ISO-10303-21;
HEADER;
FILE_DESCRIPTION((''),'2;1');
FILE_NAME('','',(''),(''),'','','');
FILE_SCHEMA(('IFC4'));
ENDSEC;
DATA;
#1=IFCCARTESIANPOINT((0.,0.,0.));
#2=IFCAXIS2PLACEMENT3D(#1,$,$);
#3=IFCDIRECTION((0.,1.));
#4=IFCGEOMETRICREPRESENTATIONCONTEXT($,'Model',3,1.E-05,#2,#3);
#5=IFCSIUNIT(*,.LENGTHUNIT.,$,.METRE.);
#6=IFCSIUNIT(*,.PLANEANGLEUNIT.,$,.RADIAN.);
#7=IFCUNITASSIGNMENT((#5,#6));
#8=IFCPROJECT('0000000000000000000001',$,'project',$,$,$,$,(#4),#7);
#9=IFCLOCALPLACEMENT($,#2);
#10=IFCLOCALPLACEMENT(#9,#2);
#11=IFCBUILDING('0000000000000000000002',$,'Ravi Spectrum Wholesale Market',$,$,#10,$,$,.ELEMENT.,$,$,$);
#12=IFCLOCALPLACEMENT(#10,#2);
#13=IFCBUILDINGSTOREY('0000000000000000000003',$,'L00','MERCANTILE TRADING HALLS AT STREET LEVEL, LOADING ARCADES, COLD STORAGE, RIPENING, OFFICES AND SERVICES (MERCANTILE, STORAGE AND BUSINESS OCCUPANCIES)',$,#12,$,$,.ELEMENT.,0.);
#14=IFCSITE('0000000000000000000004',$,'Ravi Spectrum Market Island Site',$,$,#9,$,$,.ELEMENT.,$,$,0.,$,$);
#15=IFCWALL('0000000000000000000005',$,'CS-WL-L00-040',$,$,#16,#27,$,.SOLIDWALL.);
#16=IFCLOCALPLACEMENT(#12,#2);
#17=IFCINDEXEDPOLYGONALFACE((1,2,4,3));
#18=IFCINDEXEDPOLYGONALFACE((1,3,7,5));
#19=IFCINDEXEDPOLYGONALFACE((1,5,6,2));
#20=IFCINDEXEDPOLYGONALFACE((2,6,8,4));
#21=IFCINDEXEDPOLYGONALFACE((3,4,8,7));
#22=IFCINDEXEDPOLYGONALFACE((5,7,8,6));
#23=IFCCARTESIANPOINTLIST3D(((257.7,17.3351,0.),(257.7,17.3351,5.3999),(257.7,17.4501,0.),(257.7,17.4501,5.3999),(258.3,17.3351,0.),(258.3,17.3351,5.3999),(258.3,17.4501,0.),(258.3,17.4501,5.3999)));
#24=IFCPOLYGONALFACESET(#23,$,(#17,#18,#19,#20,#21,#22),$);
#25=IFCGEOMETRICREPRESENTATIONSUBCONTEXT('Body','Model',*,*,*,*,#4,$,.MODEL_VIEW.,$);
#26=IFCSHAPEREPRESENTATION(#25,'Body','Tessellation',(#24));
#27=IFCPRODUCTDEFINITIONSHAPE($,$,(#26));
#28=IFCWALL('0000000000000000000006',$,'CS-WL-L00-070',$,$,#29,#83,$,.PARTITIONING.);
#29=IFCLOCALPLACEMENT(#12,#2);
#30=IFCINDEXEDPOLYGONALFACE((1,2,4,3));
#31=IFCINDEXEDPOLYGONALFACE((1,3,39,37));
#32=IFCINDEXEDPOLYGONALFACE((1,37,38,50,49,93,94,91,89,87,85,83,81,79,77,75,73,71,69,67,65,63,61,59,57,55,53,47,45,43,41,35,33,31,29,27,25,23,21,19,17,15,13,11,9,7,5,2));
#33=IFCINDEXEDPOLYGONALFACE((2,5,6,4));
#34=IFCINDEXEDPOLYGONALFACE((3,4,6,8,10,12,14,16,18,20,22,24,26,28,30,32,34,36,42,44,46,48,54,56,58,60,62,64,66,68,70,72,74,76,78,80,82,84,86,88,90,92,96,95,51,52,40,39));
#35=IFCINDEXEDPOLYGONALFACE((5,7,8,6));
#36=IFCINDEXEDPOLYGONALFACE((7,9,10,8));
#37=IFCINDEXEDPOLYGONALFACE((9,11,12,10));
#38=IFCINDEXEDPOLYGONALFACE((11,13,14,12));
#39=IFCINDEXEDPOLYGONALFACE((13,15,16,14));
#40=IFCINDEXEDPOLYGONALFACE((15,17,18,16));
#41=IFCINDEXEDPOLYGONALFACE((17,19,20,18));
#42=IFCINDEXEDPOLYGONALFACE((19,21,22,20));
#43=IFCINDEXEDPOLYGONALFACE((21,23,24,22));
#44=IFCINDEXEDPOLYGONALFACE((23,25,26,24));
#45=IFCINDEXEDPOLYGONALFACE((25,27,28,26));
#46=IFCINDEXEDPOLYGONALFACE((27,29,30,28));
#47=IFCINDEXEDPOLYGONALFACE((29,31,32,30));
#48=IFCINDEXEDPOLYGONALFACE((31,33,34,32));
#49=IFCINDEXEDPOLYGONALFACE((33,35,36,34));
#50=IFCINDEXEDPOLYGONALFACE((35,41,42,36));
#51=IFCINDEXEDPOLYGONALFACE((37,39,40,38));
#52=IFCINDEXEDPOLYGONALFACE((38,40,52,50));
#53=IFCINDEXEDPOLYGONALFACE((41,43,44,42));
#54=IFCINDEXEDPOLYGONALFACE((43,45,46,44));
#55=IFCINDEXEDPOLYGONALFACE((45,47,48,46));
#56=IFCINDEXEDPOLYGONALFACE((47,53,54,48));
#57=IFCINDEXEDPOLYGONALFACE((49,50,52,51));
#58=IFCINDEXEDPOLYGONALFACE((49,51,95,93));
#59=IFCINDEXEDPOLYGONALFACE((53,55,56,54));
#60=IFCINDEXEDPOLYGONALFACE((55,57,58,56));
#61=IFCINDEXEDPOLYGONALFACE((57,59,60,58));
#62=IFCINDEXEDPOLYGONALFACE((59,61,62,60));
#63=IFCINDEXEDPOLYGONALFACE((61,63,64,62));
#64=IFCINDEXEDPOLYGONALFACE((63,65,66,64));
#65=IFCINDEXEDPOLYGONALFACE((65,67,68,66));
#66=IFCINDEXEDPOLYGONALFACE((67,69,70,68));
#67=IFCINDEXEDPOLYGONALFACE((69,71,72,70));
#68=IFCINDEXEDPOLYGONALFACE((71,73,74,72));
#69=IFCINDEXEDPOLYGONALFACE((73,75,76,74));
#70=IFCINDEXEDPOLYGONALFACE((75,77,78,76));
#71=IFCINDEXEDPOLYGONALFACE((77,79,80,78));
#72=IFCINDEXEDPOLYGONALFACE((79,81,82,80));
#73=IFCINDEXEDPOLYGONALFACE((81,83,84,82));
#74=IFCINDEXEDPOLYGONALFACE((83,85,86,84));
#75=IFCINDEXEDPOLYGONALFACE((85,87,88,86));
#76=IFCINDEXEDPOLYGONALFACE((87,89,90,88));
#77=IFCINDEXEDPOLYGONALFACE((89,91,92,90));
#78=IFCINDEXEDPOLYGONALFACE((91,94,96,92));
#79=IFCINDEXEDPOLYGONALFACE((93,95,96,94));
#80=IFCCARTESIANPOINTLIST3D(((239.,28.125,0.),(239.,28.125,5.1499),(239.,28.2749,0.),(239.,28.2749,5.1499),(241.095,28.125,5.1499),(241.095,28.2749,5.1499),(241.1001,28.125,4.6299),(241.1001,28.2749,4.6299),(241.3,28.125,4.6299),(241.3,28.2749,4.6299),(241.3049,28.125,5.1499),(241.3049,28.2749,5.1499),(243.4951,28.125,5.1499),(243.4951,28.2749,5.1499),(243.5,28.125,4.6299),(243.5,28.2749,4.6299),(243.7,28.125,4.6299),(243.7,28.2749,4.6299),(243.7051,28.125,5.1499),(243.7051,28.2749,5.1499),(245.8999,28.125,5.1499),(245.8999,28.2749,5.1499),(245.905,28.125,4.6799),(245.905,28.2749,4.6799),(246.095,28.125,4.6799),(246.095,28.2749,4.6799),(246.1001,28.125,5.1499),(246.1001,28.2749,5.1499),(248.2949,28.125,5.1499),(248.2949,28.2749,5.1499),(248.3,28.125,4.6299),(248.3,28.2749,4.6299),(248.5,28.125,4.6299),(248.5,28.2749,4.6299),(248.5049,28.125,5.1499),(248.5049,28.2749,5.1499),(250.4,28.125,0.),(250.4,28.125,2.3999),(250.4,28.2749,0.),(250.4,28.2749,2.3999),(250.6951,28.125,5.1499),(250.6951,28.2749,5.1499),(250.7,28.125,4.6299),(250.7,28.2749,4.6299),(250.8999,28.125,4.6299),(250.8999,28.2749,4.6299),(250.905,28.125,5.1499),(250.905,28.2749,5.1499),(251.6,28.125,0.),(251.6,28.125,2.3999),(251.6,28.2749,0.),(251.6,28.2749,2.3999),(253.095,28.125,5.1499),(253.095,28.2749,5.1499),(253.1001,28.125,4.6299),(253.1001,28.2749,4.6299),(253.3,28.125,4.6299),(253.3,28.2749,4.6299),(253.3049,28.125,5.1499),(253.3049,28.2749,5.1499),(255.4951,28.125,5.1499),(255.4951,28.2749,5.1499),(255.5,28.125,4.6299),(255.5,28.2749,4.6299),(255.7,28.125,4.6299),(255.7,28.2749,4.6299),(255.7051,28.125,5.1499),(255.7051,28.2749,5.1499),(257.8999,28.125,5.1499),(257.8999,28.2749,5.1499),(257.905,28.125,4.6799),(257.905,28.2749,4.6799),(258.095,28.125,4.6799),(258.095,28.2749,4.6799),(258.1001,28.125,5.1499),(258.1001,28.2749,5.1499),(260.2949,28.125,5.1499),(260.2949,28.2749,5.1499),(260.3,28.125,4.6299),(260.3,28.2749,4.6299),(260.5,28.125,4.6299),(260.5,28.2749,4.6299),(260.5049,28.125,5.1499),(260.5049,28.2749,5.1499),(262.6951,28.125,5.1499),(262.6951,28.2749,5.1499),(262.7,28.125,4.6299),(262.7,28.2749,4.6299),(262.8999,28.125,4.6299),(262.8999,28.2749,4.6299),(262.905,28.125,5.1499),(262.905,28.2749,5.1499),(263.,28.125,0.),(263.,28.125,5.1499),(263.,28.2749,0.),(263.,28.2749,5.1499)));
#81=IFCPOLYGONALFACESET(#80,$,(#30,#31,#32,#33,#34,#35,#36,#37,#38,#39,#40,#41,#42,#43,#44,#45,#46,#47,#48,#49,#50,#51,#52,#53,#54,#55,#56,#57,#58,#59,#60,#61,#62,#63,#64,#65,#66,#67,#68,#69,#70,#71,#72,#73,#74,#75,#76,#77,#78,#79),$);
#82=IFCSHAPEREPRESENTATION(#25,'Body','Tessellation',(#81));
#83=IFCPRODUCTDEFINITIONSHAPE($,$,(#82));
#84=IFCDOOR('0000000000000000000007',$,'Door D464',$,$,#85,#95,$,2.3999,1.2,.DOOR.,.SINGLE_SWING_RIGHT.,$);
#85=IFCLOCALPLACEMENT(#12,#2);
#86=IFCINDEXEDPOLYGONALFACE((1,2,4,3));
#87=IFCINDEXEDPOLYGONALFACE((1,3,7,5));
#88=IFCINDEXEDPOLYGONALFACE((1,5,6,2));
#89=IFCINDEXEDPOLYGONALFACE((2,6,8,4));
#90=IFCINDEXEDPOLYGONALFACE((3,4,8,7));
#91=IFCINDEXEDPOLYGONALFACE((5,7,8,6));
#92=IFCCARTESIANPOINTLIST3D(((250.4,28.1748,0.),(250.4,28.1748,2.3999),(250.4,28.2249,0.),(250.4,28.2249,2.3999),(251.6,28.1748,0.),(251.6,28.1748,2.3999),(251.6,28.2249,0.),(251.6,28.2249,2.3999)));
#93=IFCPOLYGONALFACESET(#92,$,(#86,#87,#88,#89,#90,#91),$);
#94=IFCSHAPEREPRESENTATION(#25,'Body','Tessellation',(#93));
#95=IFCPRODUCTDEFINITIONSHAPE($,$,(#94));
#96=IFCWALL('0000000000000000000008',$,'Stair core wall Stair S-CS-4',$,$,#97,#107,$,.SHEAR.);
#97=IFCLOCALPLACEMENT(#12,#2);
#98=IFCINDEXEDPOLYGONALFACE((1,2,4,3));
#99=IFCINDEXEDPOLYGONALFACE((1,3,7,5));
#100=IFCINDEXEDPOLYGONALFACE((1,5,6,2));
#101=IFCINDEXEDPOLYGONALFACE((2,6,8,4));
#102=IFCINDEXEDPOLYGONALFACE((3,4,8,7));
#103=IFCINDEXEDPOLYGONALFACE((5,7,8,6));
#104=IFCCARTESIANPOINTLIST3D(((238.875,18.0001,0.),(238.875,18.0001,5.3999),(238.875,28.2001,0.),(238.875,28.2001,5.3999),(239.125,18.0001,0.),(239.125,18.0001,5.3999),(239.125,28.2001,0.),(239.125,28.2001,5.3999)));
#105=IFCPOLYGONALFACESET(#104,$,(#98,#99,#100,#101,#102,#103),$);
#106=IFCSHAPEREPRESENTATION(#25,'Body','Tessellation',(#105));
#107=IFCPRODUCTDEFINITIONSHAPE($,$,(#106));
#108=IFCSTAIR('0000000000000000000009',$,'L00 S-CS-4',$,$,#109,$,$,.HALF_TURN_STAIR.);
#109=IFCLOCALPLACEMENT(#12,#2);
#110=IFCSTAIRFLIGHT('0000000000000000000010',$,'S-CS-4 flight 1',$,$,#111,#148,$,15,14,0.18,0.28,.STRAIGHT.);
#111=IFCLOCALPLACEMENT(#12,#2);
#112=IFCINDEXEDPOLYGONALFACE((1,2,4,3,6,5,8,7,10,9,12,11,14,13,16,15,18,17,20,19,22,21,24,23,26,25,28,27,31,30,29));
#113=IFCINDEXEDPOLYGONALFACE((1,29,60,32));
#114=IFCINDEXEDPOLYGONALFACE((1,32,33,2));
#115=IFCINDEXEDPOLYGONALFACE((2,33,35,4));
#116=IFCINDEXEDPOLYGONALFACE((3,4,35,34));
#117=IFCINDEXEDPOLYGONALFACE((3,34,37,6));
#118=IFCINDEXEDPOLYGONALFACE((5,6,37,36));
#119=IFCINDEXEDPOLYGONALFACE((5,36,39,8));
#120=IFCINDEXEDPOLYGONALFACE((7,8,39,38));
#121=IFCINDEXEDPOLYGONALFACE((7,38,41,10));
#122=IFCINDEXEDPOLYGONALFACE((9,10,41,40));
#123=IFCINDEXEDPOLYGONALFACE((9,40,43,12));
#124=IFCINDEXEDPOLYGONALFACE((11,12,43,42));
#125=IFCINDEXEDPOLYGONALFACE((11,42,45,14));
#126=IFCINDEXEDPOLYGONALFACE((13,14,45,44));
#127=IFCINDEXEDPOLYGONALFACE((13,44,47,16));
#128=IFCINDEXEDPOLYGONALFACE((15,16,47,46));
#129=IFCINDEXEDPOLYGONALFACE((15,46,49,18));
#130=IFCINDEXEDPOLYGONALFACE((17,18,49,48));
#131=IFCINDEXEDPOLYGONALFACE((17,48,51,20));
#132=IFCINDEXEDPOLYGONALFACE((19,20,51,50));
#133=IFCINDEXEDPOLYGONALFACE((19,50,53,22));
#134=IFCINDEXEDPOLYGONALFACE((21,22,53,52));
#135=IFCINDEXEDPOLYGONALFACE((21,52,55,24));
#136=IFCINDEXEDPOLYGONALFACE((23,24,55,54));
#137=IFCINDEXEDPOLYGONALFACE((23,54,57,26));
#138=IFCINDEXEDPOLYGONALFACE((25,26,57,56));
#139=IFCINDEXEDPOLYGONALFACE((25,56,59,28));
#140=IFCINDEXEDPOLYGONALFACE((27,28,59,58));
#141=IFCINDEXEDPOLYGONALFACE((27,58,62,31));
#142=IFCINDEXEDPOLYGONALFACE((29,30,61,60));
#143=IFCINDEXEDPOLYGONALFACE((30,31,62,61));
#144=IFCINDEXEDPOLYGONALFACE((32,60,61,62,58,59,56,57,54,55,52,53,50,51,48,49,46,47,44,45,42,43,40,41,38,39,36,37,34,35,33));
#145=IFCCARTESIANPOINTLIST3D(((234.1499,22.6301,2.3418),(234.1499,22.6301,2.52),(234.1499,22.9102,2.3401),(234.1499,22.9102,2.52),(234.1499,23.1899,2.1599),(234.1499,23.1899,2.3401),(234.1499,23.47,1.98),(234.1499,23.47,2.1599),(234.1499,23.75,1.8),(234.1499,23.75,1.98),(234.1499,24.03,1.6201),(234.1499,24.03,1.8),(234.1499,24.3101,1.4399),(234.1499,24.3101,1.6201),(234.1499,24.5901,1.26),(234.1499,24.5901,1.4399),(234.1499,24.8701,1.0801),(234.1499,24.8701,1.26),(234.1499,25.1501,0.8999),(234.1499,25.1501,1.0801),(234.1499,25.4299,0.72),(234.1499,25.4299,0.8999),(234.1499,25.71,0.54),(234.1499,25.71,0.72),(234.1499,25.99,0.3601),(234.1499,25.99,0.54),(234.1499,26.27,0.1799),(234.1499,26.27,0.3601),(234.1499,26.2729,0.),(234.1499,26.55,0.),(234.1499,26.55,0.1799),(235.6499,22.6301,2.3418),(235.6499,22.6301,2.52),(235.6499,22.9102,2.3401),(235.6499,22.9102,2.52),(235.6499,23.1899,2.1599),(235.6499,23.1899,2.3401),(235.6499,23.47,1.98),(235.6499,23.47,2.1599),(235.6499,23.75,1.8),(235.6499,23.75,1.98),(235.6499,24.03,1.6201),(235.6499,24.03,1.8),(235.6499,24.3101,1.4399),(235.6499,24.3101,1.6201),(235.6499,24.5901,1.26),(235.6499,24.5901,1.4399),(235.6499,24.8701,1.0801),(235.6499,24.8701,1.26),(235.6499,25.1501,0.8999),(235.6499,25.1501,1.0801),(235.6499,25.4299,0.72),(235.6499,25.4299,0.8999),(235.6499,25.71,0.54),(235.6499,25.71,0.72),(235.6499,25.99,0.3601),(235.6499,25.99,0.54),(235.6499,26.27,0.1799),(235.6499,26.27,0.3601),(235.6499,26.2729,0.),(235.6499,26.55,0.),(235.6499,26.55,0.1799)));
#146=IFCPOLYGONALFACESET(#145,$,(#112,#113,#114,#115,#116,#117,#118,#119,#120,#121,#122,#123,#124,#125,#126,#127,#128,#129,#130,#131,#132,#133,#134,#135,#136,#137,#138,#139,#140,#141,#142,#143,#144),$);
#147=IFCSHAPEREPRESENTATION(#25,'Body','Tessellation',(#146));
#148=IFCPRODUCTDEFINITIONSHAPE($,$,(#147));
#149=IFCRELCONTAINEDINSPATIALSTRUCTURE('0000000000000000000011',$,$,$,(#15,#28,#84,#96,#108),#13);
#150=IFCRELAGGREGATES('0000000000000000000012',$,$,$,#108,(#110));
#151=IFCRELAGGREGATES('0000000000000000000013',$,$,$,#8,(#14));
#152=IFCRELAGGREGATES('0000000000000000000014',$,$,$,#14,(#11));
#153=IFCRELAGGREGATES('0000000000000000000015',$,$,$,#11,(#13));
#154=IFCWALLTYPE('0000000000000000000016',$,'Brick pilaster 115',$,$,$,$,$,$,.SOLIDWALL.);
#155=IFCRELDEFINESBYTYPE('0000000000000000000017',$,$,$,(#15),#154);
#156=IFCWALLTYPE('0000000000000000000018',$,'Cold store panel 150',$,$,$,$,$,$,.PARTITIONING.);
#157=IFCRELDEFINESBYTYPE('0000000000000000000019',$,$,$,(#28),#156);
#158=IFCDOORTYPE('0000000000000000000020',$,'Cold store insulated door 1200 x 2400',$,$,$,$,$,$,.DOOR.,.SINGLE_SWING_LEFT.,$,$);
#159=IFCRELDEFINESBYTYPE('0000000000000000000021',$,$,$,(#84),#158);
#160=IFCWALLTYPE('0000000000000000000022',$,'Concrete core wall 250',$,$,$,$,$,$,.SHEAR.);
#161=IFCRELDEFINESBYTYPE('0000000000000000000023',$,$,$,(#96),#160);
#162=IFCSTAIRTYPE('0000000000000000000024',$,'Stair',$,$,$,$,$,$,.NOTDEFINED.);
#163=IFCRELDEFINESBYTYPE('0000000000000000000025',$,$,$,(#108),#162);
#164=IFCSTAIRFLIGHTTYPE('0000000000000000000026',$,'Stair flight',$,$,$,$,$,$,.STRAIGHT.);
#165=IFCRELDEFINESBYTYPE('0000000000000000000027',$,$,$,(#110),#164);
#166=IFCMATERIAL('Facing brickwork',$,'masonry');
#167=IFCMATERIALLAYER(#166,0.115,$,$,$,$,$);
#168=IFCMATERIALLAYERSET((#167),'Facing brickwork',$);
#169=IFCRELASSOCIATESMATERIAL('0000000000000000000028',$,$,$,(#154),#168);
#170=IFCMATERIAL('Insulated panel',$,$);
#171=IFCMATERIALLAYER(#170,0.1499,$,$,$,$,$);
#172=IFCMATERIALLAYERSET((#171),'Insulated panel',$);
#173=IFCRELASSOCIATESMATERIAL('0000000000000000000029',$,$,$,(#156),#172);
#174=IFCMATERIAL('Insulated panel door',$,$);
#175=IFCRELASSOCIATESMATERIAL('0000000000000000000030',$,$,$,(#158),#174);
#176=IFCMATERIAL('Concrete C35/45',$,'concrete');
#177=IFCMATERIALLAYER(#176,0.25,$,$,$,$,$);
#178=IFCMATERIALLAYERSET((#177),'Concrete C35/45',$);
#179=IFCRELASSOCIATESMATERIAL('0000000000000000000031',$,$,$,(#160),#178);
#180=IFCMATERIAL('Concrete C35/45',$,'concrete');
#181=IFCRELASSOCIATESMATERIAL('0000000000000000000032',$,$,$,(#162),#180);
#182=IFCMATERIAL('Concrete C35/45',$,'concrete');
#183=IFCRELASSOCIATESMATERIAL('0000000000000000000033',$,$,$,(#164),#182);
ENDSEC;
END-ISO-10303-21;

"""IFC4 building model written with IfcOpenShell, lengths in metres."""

from ifc_helpers import new_model, si_unit, direction, frame, frame_2d, origin, place, context, subcontext, project, spatial, polyline, rectangle, outline, extrude, material, layer, layer_set, type_object, element, fill, aggregate, save


model = new_model("IFC4")

# Units and contexts
model_context = context("Model", 3, precision=1e-05, world=origin(), true_north=direction((0.0, 1.0)))
body_context = subcontext(model_context, "Body", "Model", "MODEL_VIEW")
ifc_project = project(units=[si_unit("LENGTHUNIT", "METRE"), si_unit("PLANEANGLEUNIT", "RADIAN")], contexts=[model_context])

# Site, building, storey
site_placement = place(None, origin())
site = spatial("IfcSite", under=ifc_project, at=site_placement, Name="Ravi Spectrum Market Island Site", CompositionType="ELEMENT", RefElevation=0.0)
building_placement = place(site_placement, origin())
building = spatial("IfcBuilding", under=site, at=building_placement, Name="Ravi Spectrum Wholesale Market", CompositionType="ELEMENT")
storey_placement = place(building_placement, origin())
storey = spatial("IfcBuildingStorey", under=building, at=storey_placement, Name="L00", Description="MERCANTILE TRADING HALLS AT STREET LEVEL, LOADING ARCADES, COLD STORAGE, RIPENING, OFFICES AND SERVICES (MERCANTILE, STORAGE AND BUSINESS OCCUPANCIES)", CompositionType="ELEMENT", Elevation=0.0)

# Wall
ifc_material_1 = material(Name="Facing brickwork", Category="masonry")
ifc_layer_1 = layer(ifc_material_1, 0.115)
ifc_layer_set_1 = layer_set([ifc_layer_1], Name="Facing brickwork")
wall_type_1 = type_object("IfcWallType", Name="Brick pilaster 115", PredefinedType="SOLIDWALL", material=ifc_layer_set_1)
for number, where, z_axis, x_axis, name in (
    (1, (257.7, 17.3926, 0.0), (0.0, 0.0, 1.0), (1.0, 0.0, 0.0), "CS-WL-L00-040"),
):
    element("IfcWall", number, at=place(storey_placement, frame(where, z_axis=z_axis, x_axis=x_axis)), inside=storey, type_object=wall_type_1, Name=name, PredefinedType="SOLIDWALL", context=body_context, shape_type="SweptSolid", body=[
        extrude(rectangle(XDim=0.6001, YDim=0.115, at=frame_2d((0.3, 0.0))), origin(), (0.0, 0.0, 1.0), 5.3999),
    ])

# Wall, opening, door
ifc_material_2 = material(Name="Insulated panel")
ifc_layer_2 = layer(ifc_material_2, 0.1499)
ifc_layer_set_2 = layer_set([ifc_layer_2], Name="Insulated panel")
wall_type_2 = type_object("IfcWallType", Name="Cold store panel 150", PredefinedType="PARTITIONING", material=ifc_layer_set_2)
wall_1_placement = place(storey_placement, frame((239.0, 28.2, 0.0), z_axis=(0.0, 0.0, 1.0), x_axis=(1.0, 0.0, 0.0)))
wall_1 = element("IfcWall", 2, at=wall_1_placement, inside=storey, type_object=wall_type_2, Name="CS-WL-L00-070", PredefinedType="PARTITIONING", context=body_context, shape_type="SweptSolid", body=[
    extrude(outline(polyline([(0.0, 0.0), (24.0, 0.0), (24.0, 5.1499), (23.905, 5.1499), (23.8999, 4.6299), (23.7, 4.6299), (23.6951, 5.1499), (21.5049, 5.1499), (21.5, 4.6299), (21.3, 4.6299), (21.2949, 5.1499), (19.1001, 5.1499), (19.095, 4.6799), (18.905, 4.6799), (18.8999, 5.1499), (16.7051, 5.1499), (16.7, 4.6299), (16.5, 4.6299), (16.4951, 5.1499), (14.3049, 5.1499), (14.3, 4.6299), (14.1001, 4.6299), (14.095, 5.1499), (11.905, 5.1499), (11.8999, 4.6299), (11.7, 4.6299), (11.6951, 5.1499), (9.5049, 5.1499), (9.5, 4.6299), (9.3, 4.6299), (9.2949, 5.1499), (7.1001, 5.1499), (7.095, 4.6799), (6.905, 4.6799), (6.8999, 5.1499), (4.7051, 5.1499), (4.7, 4.6299), (4.5, 4.6299), (4.4951, 5.1499), (2.3049, 5.1499), (2.3, 4.6299), (2.1001, 4.6299), (2.095, 5.1499), (0.0, 5.1499), (0.0, 0.0)])), frame((0.0, 0.075, 0.0), z_axis=(0.0, -1.0, 0.0), x_axis=(1.0, 0.0, 0.0)), (0.0, 0.0, 1.0), 0.1499),
])
opening_placement = place(wall_1_placement, frame((11.3999, 0.0, 0.0)))
opening = element("IfcOpeningElement", 3, at=opening_placement, cuts=wall_1, PredefinedType="OPENING", context=body_context, shape_type="SweptSolid", body=[
    extrude(rectangle(XDim=1.2, YDim=2.3999, at=frame_2d((0.6001, 1.2))), frame((0.0, 0.085, 0.0), z_axis=(0.0, -1.0, 0.0), x_axis=(1.0, 0.0, 0.0)), (0.0, 0.0, 1.0), 0.1699),
])
ifc_material_3 = material(Name="Insulated panel door")
door_type = type_object("IfcDoorType", Name="Cold store insulated door 1200 x 2400", OperationType="SINGLE_SWING_LEFT", PredefinedType="DOOR", material=ifc_material_3)
door_placement = place(opening_placement, origin())
door = element("IfcDoor", 4, at=door_placement, inside=storey, type_object=door_type, Name="Door D464", OperationType="SINGLE_SWING_RIGHT", OverallHeight=2.3999, OverallWidth=1.2, PredefinedType="DOOR", context=body_context, shape_type="SweptSolid", body=[
    extrude(rectangle(XDim=1.2, YDim=2.3999, at=frame_2d((0.6001, 1.2))), frame((0.0, 0.0249, 0.0), z_axis=(0.0, -1.0, 0.0), x_axis=(1.0, 0.0, 0.0)), (0.0, 0.0, 1.0), 0.05),
])
fill(opening, door)

# Wall
ifc_material_4 = material(Name="Concrete C35/45", Category="concrete")
ifc_layer_3 = layer(ifc_material_4, 0.25)
ifc_layer_set_3 = layer_set([ifc_layer_3], Name="Concrete C35/45")
wall_type_3 = type_object("IfcWallType", Name="Concrete core wall 250", PredefinedType="SHEAR", material=ifc_layer_set_3)
wall_2_placement = place(storey_placement, frame((239.0, 18.0, 0.0), z_axis=(0.0, 0.0, 1.0), x_axis=(0.0, 1.0, 0.0)))
element("IfcWall", 5, at=wall_2_placement, inside=storey, type_object=wall_type_3, Name="Stair core wall Stair S-CS-4", PredefinedType="SHEAR", context=body_context, shape_type="SweptSolid", body=[
    extrude(rectangle(XDim=10.2, YDim=0.25, at=frame_2d((5.1001, 0.0))), origin(), (0.0, 0.0, 1.0), 5.3999),
])

# Stair, stair flight
ifc_material_5 = material(Name="Concrete C35/45", Category="concrete")
stair_type = type_object("IfcStairType", Name="Stair", PredefinedType="NOTDEFINED", material=ifc_material_5)
stair_placement = place(storey_placement, origin())
stair = element("IfcStair", 6, at=stair_placement, inside=storey, type_object=stair_type, Name="L00 S-CS-4", PredefinedType="HALF_TURN_STAIR")
ifc_material_6 = material(Name="Concrete C35/45", Category="concrete")
stair_flight_type = type_object("IfcStairFlightType", Name="Stair flight", PredefinedType="STRAIGHT", material=ifc_material_6)
stair_flight_1_placement = place(storey_placement, frame((234.8999, 26.55, 0.0), z_axis=(0.0, 0.0, 1.0), x_axis=(0.0, -1.0, 0.0)))
stair_flight_1 = element("IfcStairFlight", 7, at=stair_flight_1_placement, type_object=stair_flight_type, Name="S-CS-4 flight 1", NumberOfRisers=15, NumberOfTreads=14, PredefinedType="STRAIGHT", RiserHeight=0.18, TreadLength=0.28, context=body_context, shape_type="SweptSolid", body=[
    extrude(outline(polyline([(0.0, 0.0), (0.0, 0.1799), (0.28, 0.1799), (0.28, 0.3601), (0.5601, 0.3601), (0.5601, 0.54), (0.8401, 0.54), (0.8401, 0.72), (1.1201, 0.72), (1.1201, 0.8999), (1.3999, 0.8999), (1.3999, 1.0801), (1.6799, 1.0801), (1.6799, 1.26), (1.96, 1.26), (1.96, 1.4399), (2.24, 1.4399), (2.24, 1.6201), (2.52, 1.6201), (2.52, 1.8), (2.8, 1.8), (2.8, 1.98), (3.0801, 1.98), (3.0801, 2.1599), (3.3601, 2.1599), (3.3601, 2.3401), (3.6399, 2.3401), (3.6399, 2.52), (3.9199, 2.52), (3.9199, 2.7), (3.9199, 2.3418), (0.2771, 0.0), (0.0, 0.0)])), frame((0.0, 0.75, 0.0), z_axis=(0.0, -1.0, 0.0), x_axis=(1.0, 0.0, 0.0)), (0.0, 0.0, 1.0), 1.5),
])
aggregate(stair, [stair_flight_1])

save(model, "model.ifc")
